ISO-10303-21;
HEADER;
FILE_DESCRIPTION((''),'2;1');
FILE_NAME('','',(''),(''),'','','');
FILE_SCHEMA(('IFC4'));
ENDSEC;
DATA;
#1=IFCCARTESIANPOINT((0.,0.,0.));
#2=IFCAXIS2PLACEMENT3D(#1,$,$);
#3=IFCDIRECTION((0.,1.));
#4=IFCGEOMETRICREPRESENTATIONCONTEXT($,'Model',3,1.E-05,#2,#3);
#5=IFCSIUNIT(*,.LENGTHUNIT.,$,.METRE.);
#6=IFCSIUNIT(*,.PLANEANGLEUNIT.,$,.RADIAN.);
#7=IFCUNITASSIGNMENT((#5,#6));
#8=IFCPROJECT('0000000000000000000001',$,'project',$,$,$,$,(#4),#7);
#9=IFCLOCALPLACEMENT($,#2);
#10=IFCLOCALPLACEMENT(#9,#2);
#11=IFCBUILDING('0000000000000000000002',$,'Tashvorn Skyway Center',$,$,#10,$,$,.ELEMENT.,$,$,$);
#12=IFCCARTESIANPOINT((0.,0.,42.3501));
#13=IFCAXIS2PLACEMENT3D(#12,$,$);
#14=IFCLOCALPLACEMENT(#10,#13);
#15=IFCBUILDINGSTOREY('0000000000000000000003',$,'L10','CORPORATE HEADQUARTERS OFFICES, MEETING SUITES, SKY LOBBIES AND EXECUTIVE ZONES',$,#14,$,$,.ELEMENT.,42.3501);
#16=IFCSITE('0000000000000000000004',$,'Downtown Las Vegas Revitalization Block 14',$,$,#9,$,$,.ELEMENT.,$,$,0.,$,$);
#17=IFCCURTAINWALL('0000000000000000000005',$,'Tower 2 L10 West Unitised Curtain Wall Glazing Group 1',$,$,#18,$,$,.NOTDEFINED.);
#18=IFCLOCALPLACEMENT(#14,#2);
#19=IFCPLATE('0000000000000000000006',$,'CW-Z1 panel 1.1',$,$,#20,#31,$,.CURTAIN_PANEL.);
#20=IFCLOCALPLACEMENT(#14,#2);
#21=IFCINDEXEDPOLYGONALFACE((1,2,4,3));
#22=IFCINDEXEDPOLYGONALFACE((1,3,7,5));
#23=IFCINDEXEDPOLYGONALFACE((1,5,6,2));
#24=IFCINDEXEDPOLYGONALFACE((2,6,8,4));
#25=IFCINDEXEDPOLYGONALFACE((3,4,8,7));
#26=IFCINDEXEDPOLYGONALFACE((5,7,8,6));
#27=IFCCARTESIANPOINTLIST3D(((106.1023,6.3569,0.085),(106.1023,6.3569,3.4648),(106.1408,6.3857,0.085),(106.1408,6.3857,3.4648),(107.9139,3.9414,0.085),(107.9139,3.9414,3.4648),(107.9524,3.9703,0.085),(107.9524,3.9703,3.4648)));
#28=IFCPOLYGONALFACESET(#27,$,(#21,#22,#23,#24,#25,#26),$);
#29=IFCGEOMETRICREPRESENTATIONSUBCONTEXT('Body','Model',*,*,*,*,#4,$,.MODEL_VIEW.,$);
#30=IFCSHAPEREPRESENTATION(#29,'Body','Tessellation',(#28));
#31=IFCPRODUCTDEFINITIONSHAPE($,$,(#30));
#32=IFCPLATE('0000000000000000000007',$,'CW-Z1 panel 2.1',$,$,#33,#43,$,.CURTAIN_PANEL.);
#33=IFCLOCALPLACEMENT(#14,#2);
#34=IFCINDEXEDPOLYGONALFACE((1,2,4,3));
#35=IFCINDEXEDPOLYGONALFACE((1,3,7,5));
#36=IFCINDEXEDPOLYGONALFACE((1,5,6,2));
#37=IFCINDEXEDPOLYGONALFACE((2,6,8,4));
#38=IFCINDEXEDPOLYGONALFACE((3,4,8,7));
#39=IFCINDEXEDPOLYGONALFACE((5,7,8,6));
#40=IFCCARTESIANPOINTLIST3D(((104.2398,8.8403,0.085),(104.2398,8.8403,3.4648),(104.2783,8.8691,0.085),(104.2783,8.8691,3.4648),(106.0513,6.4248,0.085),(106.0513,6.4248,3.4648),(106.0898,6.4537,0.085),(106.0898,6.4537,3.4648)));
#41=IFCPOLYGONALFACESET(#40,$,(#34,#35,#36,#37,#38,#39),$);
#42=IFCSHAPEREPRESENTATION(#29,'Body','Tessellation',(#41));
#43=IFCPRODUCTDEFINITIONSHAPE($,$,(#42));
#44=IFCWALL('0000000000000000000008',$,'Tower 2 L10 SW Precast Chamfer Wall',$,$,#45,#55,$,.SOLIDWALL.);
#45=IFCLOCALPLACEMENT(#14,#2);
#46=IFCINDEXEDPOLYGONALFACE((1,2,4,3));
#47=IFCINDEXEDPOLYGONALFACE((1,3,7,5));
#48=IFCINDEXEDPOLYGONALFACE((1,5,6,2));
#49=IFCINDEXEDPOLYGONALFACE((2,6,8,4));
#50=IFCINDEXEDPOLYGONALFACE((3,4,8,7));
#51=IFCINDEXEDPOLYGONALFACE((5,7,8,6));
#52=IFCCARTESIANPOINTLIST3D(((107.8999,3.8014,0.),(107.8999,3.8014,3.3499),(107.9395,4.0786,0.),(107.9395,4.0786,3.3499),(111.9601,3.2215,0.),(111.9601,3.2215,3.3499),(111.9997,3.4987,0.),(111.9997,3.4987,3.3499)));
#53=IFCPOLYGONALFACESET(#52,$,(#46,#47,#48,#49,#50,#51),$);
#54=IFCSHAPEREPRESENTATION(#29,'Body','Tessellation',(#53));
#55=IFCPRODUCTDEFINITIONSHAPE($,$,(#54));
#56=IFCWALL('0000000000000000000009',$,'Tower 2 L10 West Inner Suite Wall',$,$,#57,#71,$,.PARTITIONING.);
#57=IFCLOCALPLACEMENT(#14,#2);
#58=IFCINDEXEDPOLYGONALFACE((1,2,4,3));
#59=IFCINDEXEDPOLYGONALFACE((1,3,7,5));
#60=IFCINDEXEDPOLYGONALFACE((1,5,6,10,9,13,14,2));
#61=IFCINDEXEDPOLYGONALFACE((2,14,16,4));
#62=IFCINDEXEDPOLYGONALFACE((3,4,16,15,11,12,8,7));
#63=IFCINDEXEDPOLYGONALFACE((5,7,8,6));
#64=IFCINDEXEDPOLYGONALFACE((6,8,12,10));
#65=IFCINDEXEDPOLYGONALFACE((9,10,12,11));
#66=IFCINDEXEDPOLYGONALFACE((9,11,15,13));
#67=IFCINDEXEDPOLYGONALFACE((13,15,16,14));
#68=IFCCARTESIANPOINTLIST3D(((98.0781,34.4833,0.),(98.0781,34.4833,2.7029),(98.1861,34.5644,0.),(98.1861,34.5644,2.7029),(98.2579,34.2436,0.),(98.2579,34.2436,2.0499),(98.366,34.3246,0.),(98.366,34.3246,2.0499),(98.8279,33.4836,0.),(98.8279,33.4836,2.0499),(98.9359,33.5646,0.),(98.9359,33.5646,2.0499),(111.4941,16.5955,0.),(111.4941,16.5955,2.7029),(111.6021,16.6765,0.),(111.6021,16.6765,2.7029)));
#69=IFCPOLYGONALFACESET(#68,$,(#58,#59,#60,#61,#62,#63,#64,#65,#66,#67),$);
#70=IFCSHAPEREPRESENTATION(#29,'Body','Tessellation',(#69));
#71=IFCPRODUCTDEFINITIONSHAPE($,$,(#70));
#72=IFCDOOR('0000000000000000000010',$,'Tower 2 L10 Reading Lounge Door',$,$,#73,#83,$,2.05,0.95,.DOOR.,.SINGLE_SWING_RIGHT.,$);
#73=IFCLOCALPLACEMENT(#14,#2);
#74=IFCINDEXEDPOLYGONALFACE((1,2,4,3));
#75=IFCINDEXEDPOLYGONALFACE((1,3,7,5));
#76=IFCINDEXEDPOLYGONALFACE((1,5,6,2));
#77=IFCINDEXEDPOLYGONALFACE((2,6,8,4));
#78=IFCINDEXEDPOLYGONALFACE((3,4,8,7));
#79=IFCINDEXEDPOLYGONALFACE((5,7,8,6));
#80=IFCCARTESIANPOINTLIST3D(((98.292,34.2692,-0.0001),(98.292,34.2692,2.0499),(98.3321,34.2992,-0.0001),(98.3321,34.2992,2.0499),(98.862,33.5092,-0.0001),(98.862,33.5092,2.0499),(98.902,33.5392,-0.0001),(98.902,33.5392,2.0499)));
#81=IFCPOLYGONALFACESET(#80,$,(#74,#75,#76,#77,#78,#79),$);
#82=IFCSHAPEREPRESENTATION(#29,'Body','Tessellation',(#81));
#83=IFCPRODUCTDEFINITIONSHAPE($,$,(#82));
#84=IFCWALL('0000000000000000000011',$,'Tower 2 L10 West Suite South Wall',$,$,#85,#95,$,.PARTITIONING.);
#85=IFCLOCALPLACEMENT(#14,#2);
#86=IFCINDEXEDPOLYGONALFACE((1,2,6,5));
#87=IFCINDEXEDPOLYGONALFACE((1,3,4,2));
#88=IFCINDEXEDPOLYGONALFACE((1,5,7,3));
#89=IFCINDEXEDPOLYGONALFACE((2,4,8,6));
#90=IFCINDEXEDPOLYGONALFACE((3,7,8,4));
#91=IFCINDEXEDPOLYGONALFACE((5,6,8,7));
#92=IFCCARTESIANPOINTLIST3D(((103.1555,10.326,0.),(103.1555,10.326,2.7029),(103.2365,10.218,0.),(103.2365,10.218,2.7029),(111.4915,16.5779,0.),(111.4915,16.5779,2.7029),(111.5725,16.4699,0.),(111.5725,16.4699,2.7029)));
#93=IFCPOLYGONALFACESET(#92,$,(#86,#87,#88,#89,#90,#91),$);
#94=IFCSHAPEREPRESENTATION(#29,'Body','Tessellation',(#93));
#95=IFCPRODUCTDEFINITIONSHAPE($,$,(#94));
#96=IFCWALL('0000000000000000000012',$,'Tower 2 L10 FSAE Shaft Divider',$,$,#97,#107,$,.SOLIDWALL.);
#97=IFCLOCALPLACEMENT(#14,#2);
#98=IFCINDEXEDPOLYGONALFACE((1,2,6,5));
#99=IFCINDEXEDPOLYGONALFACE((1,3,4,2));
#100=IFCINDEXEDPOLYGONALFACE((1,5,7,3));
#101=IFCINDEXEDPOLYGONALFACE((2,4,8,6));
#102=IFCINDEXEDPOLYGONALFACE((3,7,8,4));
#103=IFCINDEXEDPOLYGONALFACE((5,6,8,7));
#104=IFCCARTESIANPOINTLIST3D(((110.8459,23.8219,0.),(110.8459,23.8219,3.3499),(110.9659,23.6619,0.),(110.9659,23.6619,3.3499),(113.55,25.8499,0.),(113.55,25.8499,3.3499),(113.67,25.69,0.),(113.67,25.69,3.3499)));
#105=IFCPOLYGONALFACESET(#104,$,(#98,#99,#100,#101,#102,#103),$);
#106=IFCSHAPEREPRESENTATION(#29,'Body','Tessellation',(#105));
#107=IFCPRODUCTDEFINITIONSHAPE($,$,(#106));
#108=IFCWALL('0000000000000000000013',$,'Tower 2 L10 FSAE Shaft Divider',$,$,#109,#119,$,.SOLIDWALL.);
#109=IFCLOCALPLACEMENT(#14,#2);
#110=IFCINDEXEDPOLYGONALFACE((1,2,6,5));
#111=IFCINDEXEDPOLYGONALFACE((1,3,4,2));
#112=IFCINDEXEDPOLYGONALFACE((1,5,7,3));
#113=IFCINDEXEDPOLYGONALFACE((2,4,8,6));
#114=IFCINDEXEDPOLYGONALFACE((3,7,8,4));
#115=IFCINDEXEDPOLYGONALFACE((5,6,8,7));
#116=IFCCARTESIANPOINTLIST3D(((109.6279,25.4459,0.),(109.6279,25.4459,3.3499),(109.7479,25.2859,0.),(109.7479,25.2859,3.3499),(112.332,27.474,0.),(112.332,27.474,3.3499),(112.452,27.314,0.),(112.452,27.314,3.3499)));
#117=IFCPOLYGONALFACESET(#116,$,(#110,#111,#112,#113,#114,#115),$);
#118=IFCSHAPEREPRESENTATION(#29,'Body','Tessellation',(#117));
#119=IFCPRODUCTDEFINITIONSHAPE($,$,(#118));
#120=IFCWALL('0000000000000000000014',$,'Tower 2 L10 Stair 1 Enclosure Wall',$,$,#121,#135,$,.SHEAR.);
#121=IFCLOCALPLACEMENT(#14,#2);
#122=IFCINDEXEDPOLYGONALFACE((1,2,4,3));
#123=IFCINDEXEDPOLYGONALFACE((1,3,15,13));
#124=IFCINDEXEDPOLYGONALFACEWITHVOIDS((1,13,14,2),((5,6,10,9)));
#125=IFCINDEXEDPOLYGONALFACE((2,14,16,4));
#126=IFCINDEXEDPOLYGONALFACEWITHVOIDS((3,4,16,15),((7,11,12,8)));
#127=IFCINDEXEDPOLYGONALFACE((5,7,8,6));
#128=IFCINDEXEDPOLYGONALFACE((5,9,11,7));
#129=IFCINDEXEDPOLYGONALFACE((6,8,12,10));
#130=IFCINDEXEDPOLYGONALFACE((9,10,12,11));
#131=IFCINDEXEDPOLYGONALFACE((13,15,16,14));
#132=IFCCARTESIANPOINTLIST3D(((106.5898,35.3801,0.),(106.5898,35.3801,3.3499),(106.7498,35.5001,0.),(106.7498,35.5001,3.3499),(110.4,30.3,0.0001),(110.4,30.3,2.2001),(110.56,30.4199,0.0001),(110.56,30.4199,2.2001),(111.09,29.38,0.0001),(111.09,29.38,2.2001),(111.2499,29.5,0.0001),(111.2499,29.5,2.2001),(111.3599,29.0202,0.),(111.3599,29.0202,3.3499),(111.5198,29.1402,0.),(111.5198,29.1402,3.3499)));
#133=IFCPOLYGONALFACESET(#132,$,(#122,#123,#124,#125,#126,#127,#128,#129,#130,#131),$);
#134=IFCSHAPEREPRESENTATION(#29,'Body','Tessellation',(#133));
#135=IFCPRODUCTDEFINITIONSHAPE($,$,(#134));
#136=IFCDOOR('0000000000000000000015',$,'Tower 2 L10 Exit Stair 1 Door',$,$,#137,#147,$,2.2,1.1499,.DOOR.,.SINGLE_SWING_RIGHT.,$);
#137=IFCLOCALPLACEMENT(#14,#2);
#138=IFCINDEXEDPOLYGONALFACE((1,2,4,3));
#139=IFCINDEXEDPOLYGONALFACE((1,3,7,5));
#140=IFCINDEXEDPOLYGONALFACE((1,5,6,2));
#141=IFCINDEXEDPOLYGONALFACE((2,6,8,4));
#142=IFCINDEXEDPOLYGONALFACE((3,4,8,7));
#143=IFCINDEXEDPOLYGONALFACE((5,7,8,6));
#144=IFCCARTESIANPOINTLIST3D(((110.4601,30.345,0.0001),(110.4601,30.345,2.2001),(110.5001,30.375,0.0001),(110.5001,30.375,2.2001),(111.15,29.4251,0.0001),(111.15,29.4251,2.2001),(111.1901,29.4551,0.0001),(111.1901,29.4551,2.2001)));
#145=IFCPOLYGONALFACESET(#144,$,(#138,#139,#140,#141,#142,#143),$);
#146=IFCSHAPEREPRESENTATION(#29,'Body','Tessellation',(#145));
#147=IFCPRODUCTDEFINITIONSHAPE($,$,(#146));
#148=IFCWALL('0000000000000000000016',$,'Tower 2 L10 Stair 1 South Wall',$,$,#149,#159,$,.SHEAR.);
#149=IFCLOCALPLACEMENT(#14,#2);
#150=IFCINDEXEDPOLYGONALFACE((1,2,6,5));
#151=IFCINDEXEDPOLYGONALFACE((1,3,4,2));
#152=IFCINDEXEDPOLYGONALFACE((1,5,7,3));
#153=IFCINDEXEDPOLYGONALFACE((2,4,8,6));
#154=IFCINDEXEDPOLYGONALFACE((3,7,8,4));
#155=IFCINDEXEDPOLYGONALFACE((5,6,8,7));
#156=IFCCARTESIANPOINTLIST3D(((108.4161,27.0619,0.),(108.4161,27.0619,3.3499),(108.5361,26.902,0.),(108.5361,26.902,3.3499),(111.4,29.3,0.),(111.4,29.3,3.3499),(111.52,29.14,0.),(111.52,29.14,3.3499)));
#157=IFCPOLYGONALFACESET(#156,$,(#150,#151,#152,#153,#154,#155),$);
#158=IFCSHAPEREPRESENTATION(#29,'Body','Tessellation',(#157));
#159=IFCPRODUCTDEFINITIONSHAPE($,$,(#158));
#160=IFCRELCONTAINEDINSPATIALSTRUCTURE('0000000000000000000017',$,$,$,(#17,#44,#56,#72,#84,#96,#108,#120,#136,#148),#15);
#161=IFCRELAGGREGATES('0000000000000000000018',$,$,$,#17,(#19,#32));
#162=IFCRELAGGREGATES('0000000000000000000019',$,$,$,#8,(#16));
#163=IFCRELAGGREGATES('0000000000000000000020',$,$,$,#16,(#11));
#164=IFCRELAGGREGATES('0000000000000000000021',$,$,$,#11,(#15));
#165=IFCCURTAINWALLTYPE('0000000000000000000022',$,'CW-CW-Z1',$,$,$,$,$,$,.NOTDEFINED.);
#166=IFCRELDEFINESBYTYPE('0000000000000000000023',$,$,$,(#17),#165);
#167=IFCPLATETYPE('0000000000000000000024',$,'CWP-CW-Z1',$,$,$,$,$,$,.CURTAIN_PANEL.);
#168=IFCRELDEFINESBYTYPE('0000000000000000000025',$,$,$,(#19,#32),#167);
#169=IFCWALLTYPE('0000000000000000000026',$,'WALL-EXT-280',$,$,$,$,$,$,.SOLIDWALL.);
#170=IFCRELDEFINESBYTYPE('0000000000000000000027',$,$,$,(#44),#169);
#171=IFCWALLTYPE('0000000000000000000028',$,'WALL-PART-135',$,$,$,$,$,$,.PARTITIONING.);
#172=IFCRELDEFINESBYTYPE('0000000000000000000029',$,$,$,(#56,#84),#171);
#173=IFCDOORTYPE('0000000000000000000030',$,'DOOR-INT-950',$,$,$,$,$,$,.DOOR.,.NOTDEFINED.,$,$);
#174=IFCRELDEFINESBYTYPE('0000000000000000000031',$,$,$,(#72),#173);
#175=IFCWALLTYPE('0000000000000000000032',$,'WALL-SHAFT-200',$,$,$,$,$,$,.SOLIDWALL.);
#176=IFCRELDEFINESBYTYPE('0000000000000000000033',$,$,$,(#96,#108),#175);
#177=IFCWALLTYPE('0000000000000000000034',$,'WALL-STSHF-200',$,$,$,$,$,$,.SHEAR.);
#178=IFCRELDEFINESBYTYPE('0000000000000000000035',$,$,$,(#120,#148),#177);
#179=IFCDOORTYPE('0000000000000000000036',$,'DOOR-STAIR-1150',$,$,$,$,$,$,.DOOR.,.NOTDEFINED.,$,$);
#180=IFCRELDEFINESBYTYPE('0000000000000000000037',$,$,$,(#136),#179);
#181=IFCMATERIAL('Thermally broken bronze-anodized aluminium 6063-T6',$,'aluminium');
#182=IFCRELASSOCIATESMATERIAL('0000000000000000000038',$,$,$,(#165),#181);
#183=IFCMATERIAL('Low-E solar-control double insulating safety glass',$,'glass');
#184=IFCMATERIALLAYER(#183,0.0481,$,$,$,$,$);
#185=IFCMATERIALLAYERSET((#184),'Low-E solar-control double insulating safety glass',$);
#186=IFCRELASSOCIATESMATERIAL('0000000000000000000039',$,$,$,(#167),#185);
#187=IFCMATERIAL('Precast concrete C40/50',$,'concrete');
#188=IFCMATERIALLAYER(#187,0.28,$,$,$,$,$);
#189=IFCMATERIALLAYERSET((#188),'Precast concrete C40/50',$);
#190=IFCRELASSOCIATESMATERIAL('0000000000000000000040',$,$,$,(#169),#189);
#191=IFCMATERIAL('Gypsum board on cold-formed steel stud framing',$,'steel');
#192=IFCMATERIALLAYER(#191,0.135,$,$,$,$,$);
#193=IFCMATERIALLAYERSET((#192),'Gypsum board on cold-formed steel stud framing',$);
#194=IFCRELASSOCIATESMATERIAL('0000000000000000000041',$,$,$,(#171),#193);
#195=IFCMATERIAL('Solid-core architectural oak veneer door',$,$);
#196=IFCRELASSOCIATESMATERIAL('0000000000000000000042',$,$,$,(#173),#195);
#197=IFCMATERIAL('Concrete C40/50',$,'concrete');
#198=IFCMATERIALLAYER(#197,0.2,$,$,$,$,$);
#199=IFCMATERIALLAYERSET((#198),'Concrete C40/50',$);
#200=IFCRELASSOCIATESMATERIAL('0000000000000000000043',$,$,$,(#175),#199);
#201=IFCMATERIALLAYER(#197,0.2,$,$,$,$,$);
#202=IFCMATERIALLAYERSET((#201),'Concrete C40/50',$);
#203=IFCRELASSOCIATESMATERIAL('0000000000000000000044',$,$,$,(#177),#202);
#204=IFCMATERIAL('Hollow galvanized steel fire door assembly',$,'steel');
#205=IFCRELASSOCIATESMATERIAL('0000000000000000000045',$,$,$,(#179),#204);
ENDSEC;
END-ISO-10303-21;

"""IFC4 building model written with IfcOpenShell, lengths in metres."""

from ifc_helpers import new_model, si_unit, direction, frame, frame_2d, origin, origin_2d, place, context, subcontext, project, spatial, rectangle, extrude, material, layer, layer_set, type_object, element, fill, aggregate, save


model = new_model("IFC4")

# Units and contexts
model_context = context("Model", 3, precision=1e-05, world=origin(), true_north=direction((0.0, 1.0)))
body_context = subcontext(model_context, "Body", "Model", "MODEL_VIEW")
ifc_project = project(units=[si_unit("LENGTHUNIT", "METRE"), si_unit("PLANEANGLEUNIT", "RADIAN")], contexts=[model_context])

# Site, building, storey
site_placement = place(None, origin())
site = spatial("IfcSite", under=ifc_project, at=site_placement, Name="Downtown Las Vegas Revitalization Block 14", CompositionType="ELEMENT", RefElevation=0.0)
building_placement = place(site_placement, origin())
building = spatial("IfcBuilding", under=site, at=building_placement, Name="Tashvorn Skyway Center", CompositionType="ELEMENT")
storey_placement = place(building_placement, frame((0.0, 0.0, 42.3501)))
storey = spatial("IfcBuildingStorey", under=building, at=storey_placement, Name="L10", Description="CORPORATE HEADQUARTERS OFFICES, MEETING SUITES, SKY LOBBIES AND EXECUTIVE ZONES", CompositionType="ELEMENT", Elevation=42.3501)

# Shared definitions
ifc_material_1 = material(Name="Thermally broken bronze-anodized aluminium 6063-T6", Category="aluminium")
curtain_wall_type = type_object("IfcCurtainWallType", Name="CW-CW-Z1", PredefinedType="NOTDEFINED", material=ifc_material_1)

# Curtain wall
curtain_wall_1_placement = place(storey_placement, origin())
curtain_wall_1 = element("IfcCurtainWall", 1, at=curtain_wall_1_placement, inside=storey, type_object=curtain_wall_type, Name="Tower 2 L10 West Unitised Curtain Wall Glazing Group 1", PredefinedType="NOTDEFINED")

# Plates
ifc_material_2 = material(Name="Low-E solar-control double insulating safety glass", Category="glass")
ifc_layer_1 = layer(ifc_material_2, 0.0481)
ifc_layer_set_1 = layer_set([ifc_layer_1], Name="Low-E solar-control double insulating safety glass")
plate_type = type_object("IfcPlateType", Name="CWP-CW-Z1", PredefinedType="CURTAIN_PANEL", material=ifc_layer_set_1)
plate_1_placement = place(storey_placement, frame((107.0273, 5.1636, 0.085), z_axis=(0.0, 0.0, 1.0), x_axis=(-0.599997, 0.800002, 0.0)))
plate_1 = element("IfcPlate", 2, at=plate_1_placement, type_object=plate_type, Name="CW-Z1 panel 1.1", PredefinedType="CURTAIN_PANEL", context=body_context, shape_type="SweptSolid", body=[
    extrude(rectangle(XDim=3.0193, YDim=0.0481, at=origin_2d()), origin(), (0.0, 0.0, 1.0), 3.3799),
])
plate_2_placement = place(storey_placement, frame((105.1648, 7.647, 0.085), z_axis=(0.0, 0.0, 1.0), x_axis=(-0.599997, 0.800002, 0.0)))
plate_2 = element("IfcPlate", 3, at=plate_2_placement, type_object=plate_type, Name="CW-Z1 panel 2.1", PredefinedType="CURTAIN_PANEL", context=body_context, shape_type="SweptSolid", body=[
    extrude(rectangle(XDim=3.0193, YDim=0.0481, at=origin_2d()), origin(), (0.0, 0.0, 1.0), 3.3799),
])
aggregate(curtain_wall_1, [plate_1, plate_2])

# Wall
ifc_material_3 = material(Name="Precast concrete C40/50", Category="concrete")
ifc_layer_2 = layer(ifc_material_3, 0.28)
ifc_layer_set_2 = layer_set([ifc_layer_2], Name="Precast concrete C40/50")
wall_type_1 = type_object("IfcWallType", Name="WALL-EXT-280", PredefinedType="SOLIDWALL", material=ifc_layer_set_2)
wall_1_placement = place(storey_placement, frame((111.98, 3.3601, 0.0), z_axis=(0.0, 0.0, 1.0), x_axis=(-0.989955, 0.14138, 0.0)))
element("IfcWall", 4, at=wall_1_placement, inside=storey, type_object=wall_type_1, Name="Tower 2 L10 SW Precast Chamfer Wall", PredefinedType="SOLIDWALL", context=body_context, shape_type="SweptSolid", body=[
    extrude(rectangle(XDim=4.1013, YDim=0.28, at=frame_2d((2.0508, 0.0))), origin(), (0.0, 0.0, 1.0), 3.3499),
])

# Wall, opening, door
ifc_material_4 = material(Name="Gypsum board on cold-formed steel stud framing", Category="steel")
ifc_layer_3 = layer(ifc_material_4, 0.135)
ifc_layer_set_3 = layer_set([ifc_layer_3], Name="Gypsum board on cold-formed steel stud framing")
wall_type_2 = type_object("IfcWallType", Name="WALL-PART-135", PredefinedType="PARTITIONING", material=ifc_layer_set_3)
wall_2_placement = place(storey_placement, frame((111.5481, 16.636, 0.0), z_axis=(0.0, 0.0, 1.0), x_axis=(-0.600002, 0.799999, 0.0)))
wall_2 = element("IfcWall", 5, at=wall_2_placement, inside=storey, type_object=wall_type_2, Name="Tower 2 L10 West Inner Suite Wall", PredefinedType="PARTITIONING", context=body_context, shape_type="SweptSolid", body=[
    extrude(rectangle(XDim=22.3599, YDim=0.135, at=frame_2d((11.1799, 0.0))), origin(), (0.0, 0.0, 1.0), 2.7029),
])
opening_1_placement = place(wall_2_placement, frame((21.1101, 0.0, 0.0)))
opening_1 = element("IfcOpeningElement", 6, at=opening_1_placement, cuts=wall_2, PredefinedType="OPENING", context=body_context, shape_type="SweptSolid", body=[
    extrude(rectangle(XDim=0.95, YDim=2.05, at=frame_2d((0.4751, 1.0249))), frame((0.0, 0.0774, 0.0), z_axis=(0.0, -1.0, 0.0), x_axis=(1.0, 0.0, 0.0)), (0.0, 0.0, 1.0), 0.155),
])
ifc_material_5 = material(Name="Solid-core architectural oak veneer door")
door_type_1 = type_object("IfcDoorType", Name="DOOR-INT-950", OperationType="NOTDEFINED", PredefinedType="DOOR", material=ifc_material_5)
door_1_placement = place(opening_1_placement, origin())
door_1 = element("IfcDoor", 7, at=door_1_placement, inside=storey, type_object=door_type_1, Name="Tower 2 L10 Reading Lounge Door", OperationType="SINGLE_SWING_RIGHT", OverallHeight=2.05, OverallWidth=0.95, PredefinedType="DOOR", context=body_context, shape_type="SweptSolid", body=[
    extrude(rectangle(XDim=0.95, YDim=2.05, at=frame_2d((0.4751, 1.0249))), frame((0.0, 0.0249, 0.0), z_axis=(0.0, -1.0, 0.0), x_axis=(1.0, 0.0, 0.0)), (0.0, 0.0, 1.0), 0.05),
])
fill(opening_1, door_1)

# Walls
wall_3_placement = place(storey_placement, frame((103.196, 10.272, 0.0), z_axis=(0.0, 0.0, 1.0), x_axis=(0.8, 0.6, 0.0)))
element("IfcWall", 8, at=wall_3_placement, inside=storey, type_object=wall_type_2, Name="Tower 2 L10 West Suite South Wall", PredefinedType="PARTITIONING", context=body_context, shape_type="SweptSolid", body=[
    extrude(rectangle(XDim=10.4199, YDim=0.135, at=frame_2d((5.21, 0.0))), origin(), (0.0, 0.0, 1.0), 2.7029),
])
ifc_material_6 = material(Name="Concrete C40/50", Category="concrete")
ifc_layer_4 = layer(ifc_material_6, 0.2)
ifc_layer_set_4 = layer_set([ifc_layer_4], Name="Concrete C40/50")
wall_type_3 = type_object("IfcWallType", Name="WALL-SHAFT-200", PredefinedType="SOLIDWALL", material=ifc_layer_set_4)
for number, where, z_axis, x_axis, name in (
    (9, (110.906, 23.7419, 0.0), (0.0, 0.0, 1.0), (0.8, 0.6, 0.0), "Tower 2 L10 FSAE Shaft Divider"),
    (10, (109.688, 25.366, 0.0), (0.0, 0.0, 1.0), (0.8, 0.6, 0.0), "Tower 2 L10 FSAE Shaft Divider"),
):
    element("IfcWall", number, at=place(storey_placement, frame(where, z_axis=z_axis, x_axis=x_axis)), inside=storey, type_object=wall_type_3, Name=name, PredefinedType="SOLIDWALL", context=body_context, shape_type="SweptSolid", body=[
        extrude(rectangle(XDim=3.3801, YDim=0.2, at=frame_2d((1.6899, 0.0))), origin(), (0.0, 0.0, 1.0), 3.3499),
    ])

# Wall, opening, door
ifc_layer_5 = layer(ifc_material_6, 0.2)
ifc_layer_set_5 = layer_set([ifc_layer_5], Name="Concrete C40/50")
wall_type_4 = type_object("IfcWallType", Name="WALL-STSHF-200", PredefinedType="SHEAR", material=ifc_layer_set_5)
wall_4_placement = place(storey_placement, frame((111.4399, 29.0801, 0.0), z_axis=(0.0, 0.0, 1.0), x_axis=(-0.60001, 0.799993, 0.0)))
wall_4 = element("IfcWall", 11, at=wall_4_placement, inside=storey, type_object=wall_type_4, Name="Tower 2 L10 Stair 1 Enclosure Wall", PredefinedType="SHEAR", context=body_context, shape_type="SweptSolid", body=[
    extrude(rectangle(XDim=7.95, YDim=0.2, at=frame_2d((3.9751, 0.0))), origin(), (0.0, 0.0, 1.0), 3.3499),
])
opening_2_placement = place(wall_4_placement, frame((0.45, 0.0, 0.0)))
opening_2 = element("IfcOpeningElement", 12, at=opening_2_placement, cuts=wall_4, PredefinedType="OPENING", context=body_context, shape_type="SweptSolid", body=[
    extrude(rectangle(XDim=1.1499, YDim=2.2, at=frame_2d((0.575, 1.1001))), frame((0.0, 0.1099, 0.0), z_axis=(0.0, -1.0, 0.0), x_axis=(1.0, 0.0, 0.0)), (0.0, 0.0, 1.0), 0.22),
])
ifc_material_7 = material(Name="Hollow galvanized steel fire door assembly", Category="steel")
door_type_2 = type_object("IfcDoorType", Name="DOOR-STAIR-1150", OperationType="NOTDEFINED", PredefinedType="DOOR", material=ifc_material_7)
door_2_placement = place(opening_2_placement, origin())
door_2 = element("IfcDoor", 13, at=door_2_placement, inside=storey, type_object=door_type_2, Name="Tower 2 L10 Exit Stair 1 Door", OperationType="SINGLE_SWING_RIGHT", OverallHeight=2.2, OverallWidth=1.1499, PredefinedType="DOOR", context=body_context, shape_type="SweptSolid", body=[
    extrude(rectangle(XDim=1.1499, YDim=2.2, at=frame_2d((0.575, 1.1001))), frame((0.0, 0.0249, 0.0), z_axis=(0.0, -1.0, 0.0), x_axis=(1.0, 0.0, 0.0)), (0.0, 0.0, 1.0), 0.05),
])
fill(opening_2, door_2)

# Wall
wall_5_placement = place(storey_placement, frame((108.4761, 26.9819, 0.0), z_axis=(0.0, 0.0, 1.0), x_axis=(0.799984, 0.600021, 0.0)))
element("IfcWall", 14, at=wall_5_placement, inside=storey, type_object=wall_type_4, Name="Tower 2 L10 Stair 1 South Wall", PredefinedType="SHEAR", context=body_context, shape_type="SweptSolid", body=[
    extrude(rectangle(XDim=3.73, YDim=0.2, at=frame_2d((1.865, 0.0))), origin(), (0.0, 0.0, 1.0), 3.3499),
])

save(model, "model.ifc")
